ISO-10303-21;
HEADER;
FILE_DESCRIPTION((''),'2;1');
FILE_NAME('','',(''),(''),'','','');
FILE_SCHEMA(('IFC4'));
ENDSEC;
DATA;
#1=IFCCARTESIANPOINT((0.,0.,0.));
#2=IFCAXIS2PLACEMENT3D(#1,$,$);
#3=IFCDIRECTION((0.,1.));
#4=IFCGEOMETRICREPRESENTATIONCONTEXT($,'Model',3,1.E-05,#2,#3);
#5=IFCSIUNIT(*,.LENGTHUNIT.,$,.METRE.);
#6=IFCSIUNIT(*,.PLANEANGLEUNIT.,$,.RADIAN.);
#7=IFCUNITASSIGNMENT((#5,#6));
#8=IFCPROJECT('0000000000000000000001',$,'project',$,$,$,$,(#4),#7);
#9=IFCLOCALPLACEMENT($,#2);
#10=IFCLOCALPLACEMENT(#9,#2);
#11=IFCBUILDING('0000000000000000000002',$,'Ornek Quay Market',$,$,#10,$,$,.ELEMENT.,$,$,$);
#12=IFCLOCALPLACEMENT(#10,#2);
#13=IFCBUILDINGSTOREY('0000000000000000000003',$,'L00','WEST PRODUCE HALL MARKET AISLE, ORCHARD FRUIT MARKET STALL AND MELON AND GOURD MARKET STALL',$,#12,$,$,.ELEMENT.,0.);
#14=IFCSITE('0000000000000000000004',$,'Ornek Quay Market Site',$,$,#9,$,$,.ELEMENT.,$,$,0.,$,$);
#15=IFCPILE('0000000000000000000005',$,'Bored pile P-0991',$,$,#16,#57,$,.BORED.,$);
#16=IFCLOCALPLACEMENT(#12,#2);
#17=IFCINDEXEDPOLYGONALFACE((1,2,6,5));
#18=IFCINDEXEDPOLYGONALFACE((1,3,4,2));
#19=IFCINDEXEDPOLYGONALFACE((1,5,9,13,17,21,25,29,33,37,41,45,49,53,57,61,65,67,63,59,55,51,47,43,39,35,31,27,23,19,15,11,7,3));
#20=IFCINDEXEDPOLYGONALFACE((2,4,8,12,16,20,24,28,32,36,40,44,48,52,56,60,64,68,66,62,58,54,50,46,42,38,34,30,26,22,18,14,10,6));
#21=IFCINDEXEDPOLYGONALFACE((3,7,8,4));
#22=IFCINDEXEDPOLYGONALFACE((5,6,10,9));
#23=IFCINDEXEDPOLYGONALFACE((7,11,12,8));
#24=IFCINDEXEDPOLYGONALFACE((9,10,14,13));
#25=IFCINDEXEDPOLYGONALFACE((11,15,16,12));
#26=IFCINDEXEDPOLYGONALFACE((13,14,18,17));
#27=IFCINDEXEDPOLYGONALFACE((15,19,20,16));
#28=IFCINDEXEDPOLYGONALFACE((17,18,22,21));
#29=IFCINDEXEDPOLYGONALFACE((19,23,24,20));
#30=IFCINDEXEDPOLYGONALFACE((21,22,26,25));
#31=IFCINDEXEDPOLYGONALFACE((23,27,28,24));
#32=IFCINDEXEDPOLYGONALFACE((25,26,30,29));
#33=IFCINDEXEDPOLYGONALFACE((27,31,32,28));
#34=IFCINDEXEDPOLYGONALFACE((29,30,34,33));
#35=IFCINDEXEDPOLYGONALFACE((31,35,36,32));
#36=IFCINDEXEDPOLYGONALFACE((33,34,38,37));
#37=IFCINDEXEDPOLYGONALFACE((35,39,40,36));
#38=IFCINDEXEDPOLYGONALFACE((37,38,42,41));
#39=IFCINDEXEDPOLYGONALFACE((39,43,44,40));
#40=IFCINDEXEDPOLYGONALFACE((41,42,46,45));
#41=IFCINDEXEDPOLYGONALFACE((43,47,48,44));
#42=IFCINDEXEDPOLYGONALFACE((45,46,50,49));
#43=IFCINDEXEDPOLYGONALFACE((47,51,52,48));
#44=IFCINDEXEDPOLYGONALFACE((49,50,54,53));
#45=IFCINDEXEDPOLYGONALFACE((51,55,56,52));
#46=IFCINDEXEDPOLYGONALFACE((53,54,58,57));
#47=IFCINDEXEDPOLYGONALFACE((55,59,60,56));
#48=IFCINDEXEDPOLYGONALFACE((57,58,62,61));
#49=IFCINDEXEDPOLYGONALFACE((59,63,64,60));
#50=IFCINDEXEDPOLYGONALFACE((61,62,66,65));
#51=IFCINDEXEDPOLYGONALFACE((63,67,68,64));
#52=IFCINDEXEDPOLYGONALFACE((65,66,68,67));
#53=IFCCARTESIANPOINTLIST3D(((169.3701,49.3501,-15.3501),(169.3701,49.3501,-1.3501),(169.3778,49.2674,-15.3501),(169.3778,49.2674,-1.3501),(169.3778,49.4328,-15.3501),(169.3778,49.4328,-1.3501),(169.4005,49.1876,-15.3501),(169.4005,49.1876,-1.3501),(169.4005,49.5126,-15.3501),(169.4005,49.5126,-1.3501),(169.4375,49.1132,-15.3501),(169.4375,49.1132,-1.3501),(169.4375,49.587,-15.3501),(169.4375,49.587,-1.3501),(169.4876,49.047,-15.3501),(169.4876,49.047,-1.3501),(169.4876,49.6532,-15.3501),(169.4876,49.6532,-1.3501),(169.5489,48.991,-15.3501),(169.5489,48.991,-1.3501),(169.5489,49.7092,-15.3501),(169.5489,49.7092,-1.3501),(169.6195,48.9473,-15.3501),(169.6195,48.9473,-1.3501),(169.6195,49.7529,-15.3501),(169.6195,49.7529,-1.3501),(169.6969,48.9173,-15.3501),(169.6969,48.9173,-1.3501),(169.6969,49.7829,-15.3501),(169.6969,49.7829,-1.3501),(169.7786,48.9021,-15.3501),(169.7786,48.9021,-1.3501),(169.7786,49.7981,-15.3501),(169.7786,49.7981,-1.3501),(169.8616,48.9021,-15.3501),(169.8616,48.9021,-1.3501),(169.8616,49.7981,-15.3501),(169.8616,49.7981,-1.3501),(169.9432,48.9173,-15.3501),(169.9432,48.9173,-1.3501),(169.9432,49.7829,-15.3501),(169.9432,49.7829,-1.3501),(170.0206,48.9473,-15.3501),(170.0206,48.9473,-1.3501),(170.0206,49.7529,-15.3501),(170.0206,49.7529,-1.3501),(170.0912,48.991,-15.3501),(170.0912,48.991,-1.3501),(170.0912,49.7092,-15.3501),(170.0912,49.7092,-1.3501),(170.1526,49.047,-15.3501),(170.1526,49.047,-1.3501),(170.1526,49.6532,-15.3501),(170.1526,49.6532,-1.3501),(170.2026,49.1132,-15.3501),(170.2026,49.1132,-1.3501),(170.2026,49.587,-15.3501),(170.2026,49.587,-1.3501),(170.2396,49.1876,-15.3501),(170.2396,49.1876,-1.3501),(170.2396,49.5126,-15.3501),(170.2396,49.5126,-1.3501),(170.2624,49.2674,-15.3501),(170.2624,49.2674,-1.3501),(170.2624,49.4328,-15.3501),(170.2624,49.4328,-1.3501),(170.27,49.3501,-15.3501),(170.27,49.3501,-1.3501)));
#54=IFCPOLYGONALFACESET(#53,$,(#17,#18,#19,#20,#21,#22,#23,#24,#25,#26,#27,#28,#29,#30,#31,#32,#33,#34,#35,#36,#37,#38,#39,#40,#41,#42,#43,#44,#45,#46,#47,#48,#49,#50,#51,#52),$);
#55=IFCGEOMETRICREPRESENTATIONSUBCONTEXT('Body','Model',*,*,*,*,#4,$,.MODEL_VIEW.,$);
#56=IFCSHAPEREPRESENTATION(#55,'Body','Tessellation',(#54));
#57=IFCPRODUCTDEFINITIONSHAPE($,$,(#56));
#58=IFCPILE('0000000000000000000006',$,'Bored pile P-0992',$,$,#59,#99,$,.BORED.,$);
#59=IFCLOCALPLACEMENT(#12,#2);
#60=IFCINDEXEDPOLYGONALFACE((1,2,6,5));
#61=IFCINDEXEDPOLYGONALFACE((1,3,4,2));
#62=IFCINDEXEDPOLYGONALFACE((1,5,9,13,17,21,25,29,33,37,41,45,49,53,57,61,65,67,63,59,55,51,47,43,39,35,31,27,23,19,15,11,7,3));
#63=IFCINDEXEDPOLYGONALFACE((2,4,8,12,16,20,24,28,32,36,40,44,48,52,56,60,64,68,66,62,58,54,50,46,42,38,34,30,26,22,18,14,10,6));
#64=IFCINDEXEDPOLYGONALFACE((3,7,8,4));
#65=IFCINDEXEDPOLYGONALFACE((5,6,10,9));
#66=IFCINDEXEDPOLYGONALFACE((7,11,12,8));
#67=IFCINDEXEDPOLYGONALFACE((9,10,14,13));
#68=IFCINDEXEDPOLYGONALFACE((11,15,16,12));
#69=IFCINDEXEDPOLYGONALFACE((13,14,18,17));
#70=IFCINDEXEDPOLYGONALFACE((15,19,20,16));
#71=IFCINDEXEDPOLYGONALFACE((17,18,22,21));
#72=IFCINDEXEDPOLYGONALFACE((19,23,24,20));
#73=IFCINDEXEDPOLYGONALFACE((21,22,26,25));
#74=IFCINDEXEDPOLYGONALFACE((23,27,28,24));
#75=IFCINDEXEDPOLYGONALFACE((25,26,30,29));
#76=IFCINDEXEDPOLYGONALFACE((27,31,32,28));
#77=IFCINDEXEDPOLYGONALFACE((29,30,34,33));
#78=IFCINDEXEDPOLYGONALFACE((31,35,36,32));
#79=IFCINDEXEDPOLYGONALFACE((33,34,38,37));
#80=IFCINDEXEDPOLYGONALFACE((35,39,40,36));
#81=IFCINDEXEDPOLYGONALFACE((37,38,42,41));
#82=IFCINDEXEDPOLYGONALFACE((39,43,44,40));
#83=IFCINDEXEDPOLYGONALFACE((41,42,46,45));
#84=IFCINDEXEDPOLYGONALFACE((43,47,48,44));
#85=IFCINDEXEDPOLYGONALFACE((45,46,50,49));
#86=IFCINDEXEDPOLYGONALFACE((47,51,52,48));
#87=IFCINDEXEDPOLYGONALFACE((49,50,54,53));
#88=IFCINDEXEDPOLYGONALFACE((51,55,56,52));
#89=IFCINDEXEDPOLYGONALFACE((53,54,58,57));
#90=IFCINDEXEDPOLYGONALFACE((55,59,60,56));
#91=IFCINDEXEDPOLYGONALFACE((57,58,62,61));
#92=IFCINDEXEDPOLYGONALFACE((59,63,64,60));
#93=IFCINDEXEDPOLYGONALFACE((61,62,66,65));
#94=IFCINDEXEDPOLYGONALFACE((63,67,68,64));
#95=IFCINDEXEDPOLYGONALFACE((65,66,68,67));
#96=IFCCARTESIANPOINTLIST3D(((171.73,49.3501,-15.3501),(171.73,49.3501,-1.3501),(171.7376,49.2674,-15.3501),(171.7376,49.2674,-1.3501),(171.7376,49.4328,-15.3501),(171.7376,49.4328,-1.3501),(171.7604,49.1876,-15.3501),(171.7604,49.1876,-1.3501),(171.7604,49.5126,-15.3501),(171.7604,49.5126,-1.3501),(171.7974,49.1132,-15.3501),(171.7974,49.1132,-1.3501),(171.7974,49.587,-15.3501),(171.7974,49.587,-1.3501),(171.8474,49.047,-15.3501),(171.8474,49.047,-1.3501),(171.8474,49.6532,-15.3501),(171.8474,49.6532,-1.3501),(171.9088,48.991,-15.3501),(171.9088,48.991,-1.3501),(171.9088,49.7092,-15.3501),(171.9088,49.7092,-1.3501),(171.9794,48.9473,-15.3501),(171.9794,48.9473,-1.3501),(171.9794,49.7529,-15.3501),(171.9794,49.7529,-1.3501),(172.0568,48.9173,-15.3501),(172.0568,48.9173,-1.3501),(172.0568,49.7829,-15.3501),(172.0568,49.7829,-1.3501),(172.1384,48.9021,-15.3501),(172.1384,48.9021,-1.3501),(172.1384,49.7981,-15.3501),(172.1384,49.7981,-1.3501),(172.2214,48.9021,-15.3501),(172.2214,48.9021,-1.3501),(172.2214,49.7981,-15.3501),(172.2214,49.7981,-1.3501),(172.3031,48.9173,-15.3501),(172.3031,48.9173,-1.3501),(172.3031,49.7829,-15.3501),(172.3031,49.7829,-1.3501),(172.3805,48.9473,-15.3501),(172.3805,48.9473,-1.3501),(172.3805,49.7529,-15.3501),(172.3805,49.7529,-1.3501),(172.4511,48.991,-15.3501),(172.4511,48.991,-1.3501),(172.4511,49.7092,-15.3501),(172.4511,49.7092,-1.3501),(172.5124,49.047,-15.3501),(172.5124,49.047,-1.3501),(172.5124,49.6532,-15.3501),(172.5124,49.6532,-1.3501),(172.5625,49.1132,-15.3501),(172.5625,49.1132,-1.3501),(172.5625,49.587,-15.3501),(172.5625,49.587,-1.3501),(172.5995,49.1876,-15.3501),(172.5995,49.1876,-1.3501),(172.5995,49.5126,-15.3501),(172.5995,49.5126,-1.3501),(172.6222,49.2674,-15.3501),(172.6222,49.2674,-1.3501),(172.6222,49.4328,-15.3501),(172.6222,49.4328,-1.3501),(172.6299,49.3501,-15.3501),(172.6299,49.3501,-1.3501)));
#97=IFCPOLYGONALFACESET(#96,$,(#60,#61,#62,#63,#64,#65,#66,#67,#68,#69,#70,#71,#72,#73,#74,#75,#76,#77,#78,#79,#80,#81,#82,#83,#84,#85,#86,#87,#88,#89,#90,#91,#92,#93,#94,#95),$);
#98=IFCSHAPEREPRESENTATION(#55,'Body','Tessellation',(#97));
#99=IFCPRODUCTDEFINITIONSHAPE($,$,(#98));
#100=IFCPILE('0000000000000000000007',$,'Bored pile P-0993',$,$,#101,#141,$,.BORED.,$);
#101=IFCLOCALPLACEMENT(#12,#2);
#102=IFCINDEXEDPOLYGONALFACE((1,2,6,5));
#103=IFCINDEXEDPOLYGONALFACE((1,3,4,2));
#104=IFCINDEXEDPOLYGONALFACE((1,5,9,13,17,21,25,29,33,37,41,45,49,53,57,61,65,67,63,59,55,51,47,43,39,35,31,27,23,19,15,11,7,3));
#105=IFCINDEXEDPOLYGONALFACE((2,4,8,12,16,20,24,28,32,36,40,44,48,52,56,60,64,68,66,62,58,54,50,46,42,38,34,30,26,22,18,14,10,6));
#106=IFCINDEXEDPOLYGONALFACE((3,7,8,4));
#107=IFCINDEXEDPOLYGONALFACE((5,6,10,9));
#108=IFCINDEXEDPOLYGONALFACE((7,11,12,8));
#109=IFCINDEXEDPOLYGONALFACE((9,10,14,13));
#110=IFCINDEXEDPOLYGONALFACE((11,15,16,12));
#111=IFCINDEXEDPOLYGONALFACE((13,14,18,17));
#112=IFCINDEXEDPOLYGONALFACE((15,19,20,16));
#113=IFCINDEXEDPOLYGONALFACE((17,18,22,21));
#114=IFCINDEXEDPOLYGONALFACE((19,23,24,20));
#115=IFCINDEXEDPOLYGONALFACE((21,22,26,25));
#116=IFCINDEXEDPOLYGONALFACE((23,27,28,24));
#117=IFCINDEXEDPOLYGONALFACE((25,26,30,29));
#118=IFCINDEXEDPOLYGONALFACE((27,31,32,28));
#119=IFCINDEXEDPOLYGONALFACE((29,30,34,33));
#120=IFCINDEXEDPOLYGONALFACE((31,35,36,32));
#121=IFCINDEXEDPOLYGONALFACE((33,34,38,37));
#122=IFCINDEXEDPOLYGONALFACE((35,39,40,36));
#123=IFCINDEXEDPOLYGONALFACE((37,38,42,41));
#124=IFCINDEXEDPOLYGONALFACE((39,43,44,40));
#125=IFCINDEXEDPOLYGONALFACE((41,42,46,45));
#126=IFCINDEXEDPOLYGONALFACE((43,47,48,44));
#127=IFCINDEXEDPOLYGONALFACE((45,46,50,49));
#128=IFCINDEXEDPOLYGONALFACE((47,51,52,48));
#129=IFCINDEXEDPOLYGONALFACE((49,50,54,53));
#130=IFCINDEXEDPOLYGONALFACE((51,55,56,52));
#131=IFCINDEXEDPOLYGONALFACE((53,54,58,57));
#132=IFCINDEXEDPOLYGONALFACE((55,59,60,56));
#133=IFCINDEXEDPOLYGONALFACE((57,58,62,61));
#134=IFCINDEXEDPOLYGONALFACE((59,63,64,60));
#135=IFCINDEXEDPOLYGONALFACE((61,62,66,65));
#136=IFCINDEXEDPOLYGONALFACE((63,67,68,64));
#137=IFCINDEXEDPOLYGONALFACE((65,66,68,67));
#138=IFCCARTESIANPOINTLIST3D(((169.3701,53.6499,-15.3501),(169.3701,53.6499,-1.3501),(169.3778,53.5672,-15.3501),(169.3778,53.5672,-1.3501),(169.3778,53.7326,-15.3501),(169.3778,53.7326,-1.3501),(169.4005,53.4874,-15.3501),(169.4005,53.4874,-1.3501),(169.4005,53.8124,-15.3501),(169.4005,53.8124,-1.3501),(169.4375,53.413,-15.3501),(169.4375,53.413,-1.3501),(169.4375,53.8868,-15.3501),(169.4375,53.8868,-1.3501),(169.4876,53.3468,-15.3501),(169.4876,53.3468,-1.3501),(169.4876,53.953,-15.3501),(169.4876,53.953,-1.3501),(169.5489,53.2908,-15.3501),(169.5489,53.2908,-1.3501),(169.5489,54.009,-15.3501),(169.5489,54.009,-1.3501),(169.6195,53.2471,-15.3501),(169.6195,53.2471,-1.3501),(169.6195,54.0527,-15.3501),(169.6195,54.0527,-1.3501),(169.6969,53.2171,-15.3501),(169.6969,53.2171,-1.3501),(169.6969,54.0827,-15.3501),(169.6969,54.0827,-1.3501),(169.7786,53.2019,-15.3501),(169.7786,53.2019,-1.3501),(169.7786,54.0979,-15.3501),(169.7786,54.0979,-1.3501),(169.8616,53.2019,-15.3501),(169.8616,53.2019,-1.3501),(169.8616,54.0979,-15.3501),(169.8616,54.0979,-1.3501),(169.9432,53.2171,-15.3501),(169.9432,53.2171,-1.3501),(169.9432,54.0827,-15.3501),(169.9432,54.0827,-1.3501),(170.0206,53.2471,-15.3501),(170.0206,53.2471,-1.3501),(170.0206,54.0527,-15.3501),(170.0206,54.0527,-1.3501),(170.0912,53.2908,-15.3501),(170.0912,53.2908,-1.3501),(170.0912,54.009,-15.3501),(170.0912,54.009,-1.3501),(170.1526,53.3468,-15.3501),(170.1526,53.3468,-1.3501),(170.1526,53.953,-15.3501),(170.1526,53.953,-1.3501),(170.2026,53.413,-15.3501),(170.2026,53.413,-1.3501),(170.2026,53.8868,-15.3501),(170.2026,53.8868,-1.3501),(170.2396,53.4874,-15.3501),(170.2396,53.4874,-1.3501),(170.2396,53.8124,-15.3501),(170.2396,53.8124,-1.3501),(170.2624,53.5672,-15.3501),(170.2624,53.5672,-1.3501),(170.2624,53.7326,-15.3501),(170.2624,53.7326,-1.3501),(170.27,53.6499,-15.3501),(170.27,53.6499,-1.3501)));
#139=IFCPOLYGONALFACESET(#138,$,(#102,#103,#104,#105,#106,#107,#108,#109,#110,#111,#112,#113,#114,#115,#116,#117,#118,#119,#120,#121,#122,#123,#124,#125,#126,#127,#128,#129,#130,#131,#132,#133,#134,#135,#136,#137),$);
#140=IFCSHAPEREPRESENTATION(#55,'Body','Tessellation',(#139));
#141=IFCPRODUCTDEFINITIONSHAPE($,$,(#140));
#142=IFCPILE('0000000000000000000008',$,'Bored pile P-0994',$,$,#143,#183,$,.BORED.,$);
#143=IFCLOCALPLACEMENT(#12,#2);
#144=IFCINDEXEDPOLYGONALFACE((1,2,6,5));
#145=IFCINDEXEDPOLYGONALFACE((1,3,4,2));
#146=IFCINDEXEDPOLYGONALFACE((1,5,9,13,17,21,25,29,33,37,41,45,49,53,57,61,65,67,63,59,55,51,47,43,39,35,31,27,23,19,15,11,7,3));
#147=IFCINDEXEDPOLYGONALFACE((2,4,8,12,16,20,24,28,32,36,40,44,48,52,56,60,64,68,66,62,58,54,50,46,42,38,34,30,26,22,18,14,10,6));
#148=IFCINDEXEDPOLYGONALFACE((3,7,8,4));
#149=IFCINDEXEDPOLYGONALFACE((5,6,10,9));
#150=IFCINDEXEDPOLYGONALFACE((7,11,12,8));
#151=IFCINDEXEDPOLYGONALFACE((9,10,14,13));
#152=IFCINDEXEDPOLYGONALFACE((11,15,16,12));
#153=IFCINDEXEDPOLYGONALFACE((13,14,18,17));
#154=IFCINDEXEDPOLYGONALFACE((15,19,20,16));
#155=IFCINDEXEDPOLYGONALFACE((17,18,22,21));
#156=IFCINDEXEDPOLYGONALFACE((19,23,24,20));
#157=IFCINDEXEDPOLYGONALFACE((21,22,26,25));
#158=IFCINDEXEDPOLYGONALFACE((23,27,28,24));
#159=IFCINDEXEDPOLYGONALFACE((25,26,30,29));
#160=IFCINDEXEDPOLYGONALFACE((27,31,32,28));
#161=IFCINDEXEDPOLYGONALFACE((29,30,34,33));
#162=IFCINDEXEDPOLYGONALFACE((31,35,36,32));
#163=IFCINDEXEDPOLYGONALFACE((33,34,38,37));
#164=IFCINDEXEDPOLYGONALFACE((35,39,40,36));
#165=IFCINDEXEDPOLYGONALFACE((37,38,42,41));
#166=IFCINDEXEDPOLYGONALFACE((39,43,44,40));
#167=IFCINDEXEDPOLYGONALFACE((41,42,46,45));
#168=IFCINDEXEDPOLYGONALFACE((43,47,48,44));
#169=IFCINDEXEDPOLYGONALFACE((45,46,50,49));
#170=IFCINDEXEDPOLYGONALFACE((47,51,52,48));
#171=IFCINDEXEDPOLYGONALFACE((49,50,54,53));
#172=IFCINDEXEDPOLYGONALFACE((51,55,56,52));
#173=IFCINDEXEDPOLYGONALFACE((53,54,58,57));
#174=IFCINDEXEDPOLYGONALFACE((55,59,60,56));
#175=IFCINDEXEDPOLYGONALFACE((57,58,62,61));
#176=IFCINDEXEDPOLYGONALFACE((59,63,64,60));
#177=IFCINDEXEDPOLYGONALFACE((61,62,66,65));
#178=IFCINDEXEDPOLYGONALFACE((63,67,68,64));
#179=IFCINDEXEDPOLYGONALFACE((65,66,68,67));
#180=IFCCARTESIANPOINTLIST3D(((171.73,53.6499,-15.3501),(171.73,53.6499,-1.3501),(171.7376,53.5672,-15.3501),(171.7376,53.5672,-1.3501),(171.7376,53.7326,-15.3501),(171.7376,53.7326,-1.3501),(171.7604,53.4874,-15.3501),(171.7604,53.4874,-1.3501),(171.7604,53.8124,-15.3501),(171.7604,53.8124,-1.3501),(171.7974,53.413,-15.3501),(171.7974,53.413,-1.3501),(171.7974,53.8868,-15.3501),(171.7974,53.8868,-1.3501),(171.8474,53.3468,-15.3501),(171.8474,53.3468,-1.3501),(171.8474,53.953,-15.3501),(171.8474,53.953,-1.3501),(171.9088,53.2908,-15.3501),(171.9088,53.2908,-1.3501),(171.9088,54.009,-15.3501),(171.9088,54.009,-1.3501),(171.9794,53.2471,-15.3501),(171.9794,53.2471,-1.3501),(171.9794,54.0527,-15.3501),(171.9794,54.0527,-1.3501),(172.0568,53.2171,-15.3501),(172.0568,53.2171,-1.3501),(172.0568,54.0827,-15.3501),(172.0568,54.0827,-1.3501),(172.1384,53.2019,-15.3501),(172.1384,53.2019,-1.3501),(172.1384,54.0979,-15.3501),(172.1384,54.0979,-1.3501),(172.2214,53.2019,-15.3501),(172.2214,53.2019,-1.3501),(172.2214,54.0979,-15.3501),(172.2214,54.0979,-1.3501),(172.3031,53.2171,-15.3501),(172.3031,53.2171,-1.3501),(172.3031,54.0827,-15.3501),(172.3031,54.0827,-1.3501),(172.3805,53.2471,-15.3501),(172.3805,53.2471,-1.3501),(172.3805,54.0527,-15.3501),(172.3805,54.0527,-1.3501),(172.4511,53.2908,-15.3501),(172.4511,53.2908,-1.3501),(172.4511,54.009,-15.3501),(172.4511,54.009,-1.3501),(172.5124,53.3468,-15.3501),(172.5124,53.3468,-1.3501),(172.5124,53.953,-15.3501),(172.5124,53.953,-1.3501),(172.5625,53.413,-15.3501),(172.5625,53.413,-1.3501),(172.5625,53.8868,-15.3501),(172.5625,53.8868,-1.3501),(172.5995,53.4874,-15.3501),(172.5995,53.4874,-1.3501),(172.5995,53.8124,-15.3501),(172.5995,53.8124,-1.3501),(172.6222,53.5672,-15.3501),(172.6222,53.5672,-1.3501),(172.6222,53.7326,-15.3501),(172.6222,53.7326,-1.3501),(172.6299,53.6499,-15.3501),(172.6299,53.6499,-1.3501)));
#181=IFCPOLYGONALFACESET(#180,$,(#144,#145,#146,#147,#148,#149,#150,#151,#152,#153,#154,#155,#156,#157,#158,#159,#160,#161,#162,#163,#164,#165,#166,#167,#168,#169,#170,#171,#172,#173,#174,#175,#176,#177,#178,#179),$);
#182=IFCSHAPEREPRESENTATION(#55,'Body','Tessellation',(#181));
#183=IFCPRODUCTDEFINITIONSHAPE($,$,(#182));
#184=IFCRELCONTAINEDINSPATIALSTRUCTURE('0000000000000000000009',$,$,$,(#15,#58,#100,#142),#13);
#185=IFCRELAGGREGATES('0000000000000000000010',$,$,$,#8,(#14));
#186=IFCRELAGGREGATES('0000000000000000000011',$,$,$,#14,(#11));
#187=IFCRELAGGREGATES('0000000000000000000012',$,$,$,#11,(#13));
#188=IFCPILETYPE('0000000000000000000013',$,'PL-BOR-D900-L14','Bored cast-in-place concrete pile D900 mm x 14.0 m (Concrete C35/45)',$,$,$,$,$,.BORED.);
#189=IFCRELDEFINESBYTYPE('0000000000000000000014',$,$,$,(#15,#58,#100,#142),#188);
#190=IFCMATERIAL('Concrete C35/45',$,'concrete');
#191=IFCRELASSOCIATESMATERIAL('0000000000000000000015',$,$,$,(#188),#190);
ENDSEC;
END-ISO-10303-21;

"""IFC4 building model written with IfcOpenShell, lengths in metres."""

from ifc_helpers import new_model, si_unit, direction, frame, origin, origin_2d, place, context, subcontext, project, spatial, circle, extrude, material, material_profile, profile_set, type_object, element, save


model = new_model("IFC4")

# Units and contexts
model_context = context("Model", 3, precision=1e-05, world=origin(), true_north=direction((0.0, 1.0)))
body_context = subcontext(model_context, "Body", "Model", "MODEL_VIEW")
ifc_project = project(units=[si_unit("LENGTHUNIT", "METRE"), si_unit("PLANEANGLEUNIT", "RADIAN")], contexts=[model_context])

# Site, building, storey
site_placement = place(None, origin())
site = spatial("IfcSite", under=ifc_project, at=site_placement, Name="Ornek Quay Market Site", CompositionType="ELEMENT", RefElevation=0.0)
building_placement = place(site_placement, origin())
building = spatial("IfcBuilding", under=site, at=building_placement, Name="Ornek Quay Market", CompositionType="ELEMENT")
storey_placement = place(building_placement, origin())
storey = spatial("IfcBuildingStorey", under=building, at=storey_placement, Name="L00", Description="WEST PRODUCE HALL MARKET AISLE, ORCHARD FRUIT MARKET STALL AND MELON AND GOURD MARKET STALL", CompositionType="ELEMENT", Elevation=0.0)

# Piles
ifc_material_1 = material(Name="Concrete C35/45", Category="concrete")
ifc_material_profile_1 = material_profile(ifc_material_1, circle(Radius=0.45, at=origin_2d()), Name="PILE D900", Category="concrete")
ifc_profile_set_1 = profile_set([ifc_material_profile_1], Name="Concrete C35/45")
pile_type = type_object("IfcPileType", Name="PL-BOR-D900-L14", Description="Bored cast-in-place concrete pile D900 mm x 14.0 m (Concrete C35/45)", PredefinedType="BORED", material=ifc_profile_set_1)
for number, where, z_axis, x_axis, name in (
    (1, (169.8201, 49.3501, -1.3501), (0.0, 0.0, -1.0), (1.0, 0.0, 0.0), "Bored pile P-0991"),
    (2, (172.1799, 49.3501, -1.3501), (0.0, 0.0, -1.0), (1.0, 0.0, 0.0), "Bored pile P-0992"),
    (3, (169.8201, 53.6499, -1.3501), (0.0, 0.0, -1.0), (1.0, 0.0, 0.0), "Bored pile P-0993"),
    (4, (172.1799, 53.6499, -1.3501), (0.0, 0.0, -1.0), (1.0, 0.0, 0.0), "Bored pile P-0994"),
):
    element("IfcPile", number, at=place(storey_placement, frame(where, z_axis=z_axis, x_axis=x_axis)), inside=storey, type_object=pile_type, Name=name, PredefinedType="BORED", context=body_context, shape_type="SweptSolid", body=[
        extrude(circle(Radius=0.45, at=origin_2d()), origin(), (0.0, 0.0, 1.0), 14.0),
    ])

save(model, "model.ifc")
